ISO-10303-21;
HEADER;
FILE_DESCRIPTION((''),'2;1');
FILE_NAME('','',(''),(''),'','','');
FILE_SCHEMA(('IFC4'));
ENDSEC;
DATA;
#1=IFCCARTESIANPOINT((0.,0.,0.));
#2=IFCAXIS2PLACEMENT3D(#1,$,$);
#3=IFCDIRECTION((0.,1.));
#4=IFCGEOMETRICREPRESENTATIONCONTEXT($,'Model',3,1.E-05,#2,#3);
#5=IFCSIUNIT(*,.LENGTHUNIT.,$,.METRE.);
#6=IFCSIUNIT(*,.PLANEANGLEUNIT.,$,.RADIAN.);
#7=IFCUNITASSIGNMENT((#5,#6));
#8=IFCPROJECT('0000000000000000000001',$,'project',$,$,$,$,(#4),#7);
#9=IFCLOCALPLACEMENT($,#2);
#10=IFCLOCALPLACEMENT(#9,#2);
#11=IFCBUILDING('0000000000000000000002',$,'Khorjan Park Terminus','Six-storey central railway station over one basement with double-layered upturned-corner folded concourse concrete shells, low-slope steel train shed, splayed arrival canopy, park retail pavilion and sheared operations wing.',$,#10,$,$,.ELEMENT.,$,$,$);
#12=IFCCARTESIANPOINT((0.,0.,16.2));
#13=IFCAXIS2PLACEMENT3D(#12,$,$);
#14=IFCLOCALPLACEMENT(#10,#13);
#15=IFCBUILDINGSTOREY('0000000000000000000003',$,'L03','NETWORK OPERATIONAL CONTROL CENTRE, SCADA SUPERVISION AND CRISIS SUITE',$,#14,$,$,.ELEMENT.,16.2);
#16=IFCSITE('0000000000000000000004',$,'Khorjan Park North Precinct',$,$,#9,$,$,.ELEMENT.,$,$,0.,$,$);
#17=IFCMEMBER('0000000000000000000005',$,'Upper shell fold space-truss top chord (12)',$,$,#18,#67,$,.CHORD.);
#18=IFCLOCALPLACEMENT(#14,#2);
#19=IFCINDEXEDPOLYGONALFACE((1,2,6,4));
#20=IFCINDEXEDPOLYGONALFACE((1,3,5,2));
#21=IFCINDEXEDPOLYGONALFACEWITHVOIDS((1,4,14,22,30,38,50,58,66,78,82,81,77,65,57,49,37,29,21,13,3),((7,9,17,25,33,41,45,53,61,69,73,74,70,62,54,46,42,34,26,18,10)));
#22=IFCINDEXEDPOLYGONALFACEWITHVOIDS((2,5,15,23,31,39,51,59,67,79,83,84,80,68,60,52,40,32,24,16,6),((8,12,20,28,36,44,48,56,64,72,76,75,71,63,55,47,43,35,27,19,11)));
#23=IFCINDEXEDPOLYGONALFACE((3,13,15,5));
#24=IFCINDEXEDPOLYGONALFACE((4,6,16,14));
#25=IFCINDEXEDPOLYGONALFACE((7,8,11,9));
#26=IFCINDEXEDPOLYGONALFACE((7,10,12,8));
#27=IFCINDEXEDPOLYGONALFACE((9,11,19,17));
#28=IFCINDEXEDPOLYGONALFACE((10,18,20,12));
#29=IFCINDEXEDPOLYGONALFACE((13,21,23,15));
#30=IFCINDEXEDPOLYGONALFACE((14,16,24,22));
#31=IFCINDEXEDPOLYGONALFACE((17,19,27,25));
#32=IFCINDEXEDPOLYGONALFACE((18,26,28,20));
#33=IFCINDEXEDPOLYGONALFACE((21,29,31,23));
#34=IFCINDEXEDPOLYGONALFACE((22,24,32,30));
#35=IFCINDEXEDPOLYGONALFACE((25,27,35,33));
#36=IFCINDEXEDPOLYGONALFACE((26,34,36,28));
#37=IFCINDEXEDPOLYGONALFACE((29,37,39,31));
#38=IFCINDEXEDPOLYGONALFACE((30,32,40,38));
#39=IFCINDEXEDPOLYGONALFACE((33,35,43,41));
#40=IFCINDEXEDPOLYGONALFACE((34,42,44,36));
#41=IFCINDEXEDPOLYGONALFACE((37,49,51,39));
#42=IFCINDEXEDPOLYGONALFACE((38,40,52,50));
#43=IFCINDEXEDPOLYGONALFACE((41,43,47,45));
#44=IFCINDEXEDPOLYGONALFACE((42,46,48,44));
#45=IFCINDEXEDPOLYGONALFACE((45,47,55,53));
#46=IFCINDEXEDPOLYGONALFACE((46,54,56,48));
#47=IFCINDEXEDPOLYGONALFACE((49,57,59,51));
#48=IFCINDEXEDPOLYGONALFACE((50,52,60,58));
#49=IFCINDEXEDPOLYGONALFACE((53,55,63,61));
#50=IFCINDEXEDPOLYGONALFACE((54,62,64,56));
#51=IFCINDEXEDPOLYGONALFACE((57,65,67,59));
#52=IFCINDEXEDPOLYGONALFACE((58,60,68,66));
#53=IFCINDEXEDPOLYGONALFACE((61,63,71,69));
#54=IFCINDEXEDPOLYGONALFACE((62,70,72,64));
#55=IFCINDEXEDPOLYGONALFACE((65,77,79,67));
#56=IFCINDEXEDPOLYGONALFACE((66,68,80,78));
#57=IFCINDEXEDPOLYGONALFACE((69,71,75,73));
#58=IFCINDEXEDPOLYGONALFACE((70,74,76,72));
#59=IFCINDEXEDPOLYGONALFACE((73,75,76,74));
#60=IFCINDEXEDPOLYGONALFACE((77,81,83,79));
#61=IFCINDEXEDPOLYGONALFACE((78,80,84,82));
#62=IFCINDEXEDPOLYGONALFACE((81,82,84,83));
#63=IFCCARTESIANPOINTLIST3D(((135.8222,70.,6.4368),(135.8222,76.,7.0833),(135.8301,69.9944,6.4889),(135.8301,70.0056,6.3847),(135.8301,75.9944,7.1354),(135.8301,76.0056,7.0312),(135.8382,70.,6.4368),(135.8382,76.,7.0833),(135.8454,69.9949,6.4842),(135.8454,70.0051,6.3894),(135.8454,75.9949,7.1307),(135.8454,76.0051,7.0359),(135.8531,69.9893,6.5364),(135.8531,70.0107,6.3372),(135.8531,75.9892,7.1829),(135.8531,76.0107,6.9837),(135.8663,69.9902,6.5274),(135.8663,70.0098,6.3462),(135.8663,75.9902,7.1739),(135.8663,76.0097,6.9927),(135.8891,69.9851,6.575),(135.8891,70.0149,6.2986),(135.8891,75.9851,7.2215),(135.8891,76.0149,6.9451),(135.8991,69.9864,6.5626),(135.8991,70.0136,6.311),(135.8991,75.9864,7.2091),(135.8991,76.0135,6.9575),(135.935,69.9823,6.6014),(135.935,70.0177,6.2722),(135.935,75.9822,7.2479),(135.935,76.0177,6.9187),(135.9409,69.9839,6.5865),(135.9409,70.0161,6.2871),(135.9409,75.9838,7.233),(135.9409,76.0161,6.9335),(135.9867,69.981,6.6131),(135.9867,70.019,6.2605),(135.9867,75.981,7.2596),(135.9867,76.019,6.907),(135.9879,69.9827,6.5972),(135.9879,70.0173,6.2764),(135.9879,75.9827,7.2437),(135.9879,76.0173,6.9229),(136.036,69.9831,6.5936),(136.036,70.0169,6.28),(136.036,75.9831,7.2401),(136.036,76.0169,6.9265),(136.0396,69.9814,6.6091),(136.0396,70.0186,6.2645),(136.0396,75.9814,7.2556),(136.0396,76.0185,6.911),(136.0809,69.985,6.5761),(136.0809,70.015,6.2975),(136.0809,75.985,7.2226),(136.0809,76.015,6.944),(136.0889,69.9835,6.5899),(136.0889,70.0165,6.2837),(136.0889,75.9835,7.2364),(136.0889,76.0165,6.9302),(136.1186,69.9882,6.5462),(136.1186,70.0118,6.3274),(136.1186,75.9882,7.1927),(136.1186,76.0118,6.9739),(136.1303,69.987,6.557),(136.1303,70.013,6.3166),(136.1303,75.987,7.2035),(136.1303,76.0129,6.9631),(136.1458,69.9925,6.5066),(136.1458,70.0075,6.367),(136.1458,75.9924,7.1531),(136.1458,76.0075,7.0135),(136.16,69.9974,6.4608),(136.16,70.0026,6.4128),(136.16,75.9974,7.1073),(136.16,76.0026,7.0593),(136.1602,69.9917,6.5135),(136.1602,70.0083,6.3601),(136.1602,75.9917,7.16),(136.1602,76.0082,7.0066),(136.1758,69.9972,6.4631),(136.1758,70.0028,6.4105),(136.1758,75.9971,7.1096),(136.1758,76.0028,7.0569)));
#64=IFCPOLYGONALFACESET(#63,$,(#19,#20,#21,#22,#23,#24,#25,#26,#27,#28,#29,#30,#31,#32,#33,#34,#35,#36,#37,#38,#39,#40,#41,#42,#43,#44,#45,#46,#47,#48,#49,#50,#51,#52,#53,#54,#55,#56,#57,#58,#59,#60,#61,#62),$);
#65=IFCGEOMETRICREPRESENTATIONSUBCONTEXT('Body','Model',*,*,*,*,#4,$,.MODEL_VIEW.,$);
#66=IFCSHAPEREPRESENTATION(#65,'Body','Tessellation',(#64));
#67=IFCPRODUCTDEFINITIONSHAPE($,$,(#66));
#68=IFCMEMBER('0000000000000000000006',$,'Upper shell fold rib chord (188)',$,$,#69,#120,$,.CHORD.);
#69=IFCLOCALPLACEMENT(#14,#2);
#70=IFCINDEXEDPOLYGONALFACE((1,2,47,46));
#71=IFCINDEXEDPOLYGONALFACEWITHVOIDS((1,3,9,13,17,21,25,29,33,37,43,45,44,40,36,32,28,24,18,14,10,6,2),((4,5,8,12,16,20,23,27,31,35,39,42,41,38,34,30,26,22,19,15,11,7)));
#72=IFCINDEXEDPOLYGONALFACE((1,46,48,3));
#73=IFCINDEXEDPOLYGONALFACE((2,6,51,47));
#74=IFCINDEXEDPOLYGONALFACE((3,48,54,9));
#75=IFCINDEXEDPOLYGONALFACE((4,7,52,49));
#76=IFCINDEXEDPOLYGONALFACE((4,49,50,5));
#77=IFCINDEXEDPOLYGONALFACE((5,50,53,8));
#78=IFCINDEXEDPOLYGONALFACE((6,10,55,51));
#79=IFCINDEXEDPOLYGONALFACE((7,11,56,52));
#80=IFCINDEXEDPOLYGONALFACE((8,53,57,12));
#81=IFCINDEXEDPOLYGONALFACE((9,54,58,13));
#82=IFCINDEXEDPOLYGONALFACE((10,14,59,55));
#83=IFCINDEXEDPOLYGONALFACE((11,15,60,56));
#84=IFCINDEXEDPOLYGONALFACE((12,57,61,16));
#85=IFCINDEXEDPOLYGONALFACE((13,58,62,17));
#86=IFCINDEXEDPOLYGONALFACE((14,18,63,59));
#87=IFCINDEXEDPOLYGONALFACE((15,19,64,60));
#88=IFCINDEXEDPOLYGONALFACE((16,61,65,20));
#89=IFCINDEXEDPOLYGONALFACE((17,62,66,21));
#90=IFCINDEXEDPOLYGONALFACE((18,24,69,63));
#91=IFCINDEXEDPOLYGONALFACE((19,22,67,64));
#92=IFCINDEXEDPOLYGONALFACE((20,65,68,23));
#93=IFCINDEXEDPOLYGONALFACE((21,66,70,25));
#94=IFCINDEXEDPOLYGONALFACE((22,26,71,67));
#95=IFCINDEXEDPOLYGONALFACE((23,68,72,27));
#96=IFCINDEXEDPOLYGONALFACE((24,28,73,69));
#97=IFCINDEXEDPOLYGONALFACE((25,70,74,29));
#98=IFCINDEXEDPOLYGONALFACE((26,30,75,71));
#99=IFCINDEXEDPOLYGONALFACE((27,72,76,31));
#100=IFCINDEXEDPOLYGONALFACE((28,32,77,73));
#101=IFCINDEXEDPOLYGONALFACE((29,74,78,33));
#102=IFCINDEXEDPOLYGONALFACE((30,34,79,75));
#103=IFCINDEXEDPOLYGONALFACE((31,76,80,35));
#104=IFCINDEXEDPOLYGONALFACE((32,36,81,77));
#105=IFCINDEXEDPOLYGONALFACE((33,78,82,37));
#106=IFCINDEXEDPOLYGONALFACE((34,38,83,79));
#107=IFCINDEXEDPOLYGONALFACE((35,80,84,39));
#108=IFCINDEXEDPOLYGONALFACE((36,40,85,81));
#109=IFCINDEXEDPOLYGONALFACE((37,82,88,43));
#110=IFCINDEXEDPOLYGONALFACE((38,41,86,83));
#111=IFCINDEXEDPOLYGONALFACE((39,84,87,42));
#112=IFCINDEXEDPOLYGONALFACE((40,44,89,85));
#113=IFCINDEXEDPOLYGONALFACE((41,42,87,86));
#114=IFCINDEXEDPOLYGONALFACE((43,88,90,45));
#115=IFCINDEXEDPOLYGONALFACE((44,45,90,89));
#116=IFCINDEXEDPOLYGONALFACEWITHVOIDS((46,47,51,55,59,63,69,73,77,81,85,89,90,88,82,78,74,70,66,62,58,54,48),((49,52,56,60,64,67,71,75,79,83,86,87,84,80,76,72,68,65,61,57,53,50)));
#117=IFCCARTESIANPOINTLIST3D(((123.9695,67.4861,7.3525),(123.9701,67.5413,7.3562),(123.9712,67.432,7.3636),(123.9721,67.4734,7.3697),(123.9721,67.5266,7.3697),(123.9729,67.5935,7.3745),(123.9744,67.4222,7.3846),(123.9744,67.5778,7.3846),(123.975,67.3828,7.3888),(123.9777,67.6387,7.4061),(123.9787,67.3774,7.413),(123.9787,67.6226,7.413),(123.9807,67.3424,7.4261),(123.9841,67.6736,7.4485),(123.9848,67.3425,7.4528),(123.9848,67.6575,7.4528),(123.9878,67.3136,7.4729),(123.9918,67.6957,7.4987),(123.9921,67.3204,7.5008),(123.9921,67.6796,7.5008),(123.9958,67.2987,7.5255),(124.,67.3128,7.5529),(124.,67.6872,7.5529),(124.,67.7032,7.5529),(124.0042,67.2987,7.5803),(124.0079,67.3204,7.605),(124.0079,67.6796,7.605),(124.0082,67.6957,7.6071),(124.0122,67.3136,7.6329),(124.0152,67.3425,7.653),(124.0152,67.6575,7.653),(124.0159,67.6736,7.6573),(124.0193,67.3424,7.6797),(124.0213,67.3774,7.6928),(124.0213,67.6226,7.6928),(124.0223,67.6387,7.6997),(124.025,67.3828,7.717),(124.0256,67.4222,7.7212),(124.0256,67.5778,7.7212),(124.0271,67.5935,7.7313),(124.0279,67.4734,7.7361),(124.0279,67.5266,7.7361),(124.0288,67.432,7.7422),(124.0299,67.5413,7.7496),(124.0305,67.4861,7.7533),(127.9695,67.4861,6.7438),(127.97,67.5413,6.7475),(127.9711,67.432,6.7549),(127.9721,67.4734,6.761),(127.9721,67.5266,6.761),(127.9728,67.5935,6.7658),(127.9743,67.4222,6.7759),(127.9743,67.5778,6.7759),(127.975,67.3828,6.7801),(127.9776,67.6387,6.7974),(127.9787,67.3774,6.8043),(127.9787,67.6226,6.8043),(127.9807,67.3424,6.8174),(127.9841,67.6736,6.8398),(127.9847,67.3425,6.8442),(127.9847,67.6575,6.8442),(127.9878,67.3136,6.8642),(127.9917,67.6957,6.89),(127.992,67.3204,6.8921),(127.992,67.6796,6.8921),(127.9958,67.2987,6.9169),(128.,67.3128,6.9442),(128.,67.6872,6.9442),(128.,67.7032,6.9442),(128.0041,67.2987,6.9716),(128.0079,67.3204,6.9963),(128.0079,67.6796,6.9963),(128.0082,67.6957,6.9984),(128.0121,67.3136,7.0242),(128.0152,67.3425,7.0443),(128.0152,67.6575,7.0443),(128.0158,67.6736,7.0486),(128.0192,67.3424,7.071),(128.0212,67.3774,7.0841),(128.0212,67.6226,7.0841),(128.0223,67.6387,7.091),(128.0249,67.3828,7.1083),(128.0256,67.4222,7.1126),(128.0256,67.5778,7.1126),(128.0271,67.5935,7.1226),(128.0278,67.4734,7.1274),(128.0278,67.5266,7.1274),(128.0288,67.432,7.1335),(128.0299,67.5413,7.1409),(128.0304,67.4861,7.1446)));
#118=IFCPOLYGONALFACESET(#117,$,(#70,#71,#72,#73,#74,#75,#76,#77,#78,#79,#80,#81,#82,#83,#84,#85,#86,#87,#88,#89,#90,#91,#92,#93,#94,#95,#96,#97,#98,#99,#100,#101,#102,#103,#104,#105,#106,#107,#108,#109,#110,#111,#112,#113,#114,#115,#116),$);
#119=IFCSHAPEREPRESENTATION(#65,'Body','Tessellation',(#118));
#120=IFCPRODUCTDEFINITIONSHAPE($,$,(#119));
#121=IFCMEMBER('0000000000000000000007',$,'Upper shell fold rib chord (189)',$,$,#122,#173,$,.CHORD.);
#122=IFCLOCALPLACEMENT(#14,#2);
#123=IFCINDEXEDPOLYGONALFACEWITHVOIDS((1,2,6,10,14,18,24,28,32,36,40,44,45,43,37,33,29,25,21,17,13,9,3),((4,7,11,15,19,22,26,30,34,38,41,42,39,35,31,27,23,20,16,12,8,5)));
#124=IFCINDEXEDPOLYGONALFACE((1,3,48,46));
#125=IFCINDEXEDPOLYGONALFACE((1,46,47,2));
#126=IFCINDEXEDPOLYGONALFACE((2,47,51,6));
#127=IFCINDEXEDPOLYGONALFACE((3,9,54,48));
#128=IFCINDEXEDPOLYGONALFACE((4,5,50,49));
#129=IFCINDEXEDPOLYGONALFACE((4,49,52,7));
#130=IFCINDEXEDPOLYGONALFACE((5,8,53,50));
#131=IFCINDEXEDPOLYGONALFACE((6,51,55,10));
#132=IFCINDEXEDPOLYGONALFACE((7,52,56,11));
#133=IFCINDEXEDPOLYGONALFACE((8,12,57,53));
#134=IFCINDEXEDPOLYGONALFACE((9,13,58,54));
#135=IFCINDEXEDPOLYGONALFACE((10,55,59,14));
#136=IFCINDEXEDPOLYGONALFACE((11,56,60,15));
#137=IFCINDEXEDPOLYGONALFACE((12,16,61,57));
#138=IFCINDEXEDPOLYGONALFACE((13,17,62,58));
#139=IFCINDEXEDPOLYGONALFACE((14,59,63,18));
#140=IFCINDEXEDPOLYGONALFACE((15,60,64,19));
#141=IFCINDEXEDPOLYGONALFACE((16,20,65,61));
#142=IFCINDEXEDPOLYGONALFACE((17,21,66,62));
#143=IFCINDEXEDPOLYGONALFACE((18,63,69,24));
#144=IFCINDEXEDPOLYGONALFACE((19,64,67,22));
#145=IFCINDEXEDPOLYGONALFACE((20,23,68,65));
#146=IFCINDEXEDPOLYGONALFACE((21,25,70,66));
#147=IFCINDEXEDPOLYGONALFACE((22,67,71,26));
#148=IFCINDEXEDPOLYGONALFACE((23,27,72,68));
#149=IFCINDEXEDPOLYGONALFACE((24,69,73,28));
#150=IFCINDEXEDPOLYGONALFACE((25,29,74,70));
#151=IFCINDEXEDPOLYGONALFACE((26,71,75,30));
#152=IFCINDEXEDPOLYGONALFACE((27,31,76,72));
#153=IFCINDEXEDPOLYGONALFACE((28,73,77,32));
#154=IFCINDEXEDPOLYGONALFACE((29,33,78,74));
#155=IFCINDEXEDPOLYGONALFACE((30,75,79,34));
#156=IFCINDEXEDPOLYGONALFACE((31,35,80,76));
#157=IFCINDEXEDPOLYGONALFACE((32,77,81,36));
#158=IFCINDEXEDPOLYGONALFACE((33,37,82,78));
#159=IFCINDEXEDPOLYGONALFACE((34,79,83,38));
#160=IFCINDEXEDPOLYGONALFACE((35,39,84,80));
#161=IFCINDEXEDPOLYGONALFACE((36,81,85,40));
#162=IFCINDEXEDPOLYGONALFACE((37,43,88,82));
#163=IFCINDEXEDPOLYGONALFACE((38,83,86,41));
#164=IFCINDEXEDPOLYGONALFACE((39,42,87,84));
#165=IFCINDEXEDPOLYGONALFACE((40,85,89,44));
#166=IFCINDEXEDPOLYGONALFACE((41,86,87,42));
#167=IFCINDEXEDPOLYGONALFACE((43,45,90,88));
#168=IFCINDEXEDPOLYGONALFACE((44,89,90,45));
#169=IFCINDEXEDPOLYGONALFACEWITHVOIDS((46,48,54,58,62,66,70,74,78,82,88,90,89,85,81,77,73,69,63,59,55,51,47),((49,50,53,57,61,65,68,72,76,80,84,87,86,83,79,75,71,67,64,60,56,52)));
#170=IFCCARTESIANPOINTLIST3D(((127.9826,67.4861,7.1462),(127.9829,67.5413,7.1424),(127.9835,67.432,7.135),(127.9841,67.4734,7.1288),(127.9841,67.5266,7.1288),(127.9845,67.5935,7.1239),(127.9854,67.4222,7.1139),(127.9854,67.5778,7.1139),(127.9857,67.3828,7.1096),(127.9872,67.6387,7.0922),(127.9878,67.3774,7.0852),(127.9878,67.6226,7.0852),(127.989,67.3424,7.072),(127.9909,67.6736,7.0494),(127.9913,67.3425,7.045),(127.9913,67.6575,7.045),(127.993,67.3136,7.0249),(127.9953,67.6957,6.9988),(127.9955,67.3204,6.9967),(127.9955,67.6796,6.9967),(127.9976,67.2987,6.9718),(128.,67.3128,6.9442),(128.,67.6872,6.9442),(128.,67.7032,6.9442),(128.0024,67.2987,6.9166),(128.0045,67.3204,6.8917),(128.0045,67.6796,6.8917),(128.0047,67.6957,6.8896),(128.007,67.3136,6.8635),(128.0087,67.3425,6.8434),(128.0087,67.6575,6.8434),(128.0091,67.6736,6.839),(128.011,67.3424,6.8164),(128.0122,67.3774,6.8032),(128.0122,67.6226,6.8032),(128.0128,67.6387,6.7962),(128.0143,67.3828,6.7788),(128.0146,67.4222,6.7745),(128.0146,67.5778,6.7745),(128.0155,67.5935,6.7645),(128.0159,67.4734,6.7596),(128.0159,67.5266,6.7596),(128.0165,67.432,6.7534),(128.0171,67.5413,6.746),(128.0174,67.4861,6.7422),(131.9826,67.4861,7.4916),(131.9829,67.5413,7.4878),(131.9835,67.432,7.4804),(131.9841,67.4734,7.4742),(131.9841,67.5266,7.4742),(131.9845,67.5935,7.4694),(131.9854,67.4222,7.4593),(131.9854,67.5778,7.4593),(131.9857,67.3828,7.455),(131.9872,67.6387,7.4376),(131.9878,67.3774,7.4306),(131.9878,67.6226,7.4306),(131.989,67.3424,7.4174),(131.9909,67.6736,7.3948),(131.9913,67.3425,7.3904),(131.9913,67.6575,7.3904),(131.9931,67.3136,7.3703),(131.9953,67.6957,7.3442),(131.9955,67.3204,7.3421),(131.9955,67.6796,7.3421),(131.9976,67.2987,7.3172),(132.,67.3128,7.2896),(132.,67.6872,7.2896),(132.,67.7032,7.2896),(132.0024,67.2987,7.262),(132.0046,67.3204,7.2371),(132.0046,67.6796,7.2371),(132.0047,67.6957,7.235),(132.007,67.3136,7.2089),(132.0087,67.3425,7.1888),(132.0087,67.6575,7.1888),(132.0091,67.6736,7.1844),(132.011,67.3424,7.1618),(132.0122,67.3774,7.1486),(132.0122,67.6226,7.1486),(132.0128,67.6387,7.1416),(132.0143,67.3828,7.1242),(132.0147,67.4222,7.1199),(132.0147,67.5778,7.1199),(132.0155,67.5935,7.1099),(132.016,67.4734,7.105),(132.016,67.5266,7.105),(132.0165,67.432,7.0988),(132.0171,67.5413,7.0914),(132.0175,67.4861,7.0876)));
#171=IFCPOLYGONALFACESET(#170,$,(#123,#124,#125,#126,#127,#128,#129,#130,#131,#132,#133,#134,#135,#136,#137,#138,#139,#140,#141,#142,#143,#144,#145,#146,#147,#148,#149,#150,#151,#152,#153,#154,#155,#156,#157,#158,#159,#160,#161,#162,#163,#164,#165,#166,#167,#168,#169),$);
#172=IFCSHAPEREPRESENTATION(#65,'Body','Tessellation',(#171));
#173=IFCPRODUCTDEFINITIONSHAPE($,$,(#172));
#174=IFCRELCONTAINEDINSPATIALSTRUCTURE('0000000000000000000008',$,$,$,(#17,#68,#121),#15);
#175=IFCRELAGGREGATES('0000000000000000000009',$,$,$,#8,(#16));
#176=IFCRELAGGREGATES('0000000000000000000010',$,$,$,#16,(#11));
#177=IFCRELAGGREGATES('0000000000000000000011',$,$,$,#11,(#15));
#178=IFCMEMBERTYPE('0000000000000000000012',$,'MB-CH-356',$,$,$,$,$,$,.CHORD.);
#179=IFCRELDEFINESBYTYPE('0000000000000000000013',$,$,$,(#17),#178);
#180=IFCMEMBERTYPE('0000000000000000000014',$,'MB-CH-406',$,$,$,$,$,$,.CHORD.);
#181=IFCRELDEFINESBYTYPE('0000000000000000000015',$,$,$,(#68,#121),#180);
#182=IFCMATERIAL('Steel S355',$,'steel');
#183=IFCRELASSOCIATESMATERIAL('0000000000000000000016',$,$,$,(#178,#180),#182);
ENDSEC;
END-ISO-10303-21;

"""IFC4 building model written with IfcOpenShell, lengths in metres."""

from ifc_helpers import new_model, si_unit, direction, frame, origin, origin_2d, place, context, subcontext, project, spatial, hollow_circle, extrude, material, material_profile, profile_set, type_object, element, save


model = new_model("IFC4")

# Units and contexts
model_context = context("Model", 3, precision=1e-05, world=origin(), true_north=direction((0.0, 1.0)))
body_context = subcontext(model_context, "Body", "Model", "MODEL_VIEW")
ifc_project = project(units=[si_unit("LENGTHUNIT", "METRE"), si_unit("PLANEANGLEUNIT", "RADIAN")], contexts=[model_context])

# Site, building, storey
site_placement = place(None, origin())
site = spatial("IfcSite", under=ifc_project, at=site_placement, Name="Khorjan Park North Precinct", CompositionType="ELEMENT", RefElevation=0.0)
building_placement = place(site_placement, origin())
building = spatial("IfcBuilding", under=site, at=building_placement, Name="Khorjan Park Terminus", Description="Six-storey central railway station over one basement with double-layered upturned-corner folded concourse concrete shells, low-slope steel train shed, splayed arrival canopy, park retail pavilion and sheared operations wing.", CompositionType="ELEMENT")
storey_placement = place(building_placement, frame((0.0, 0.0, 16.2)))
storey = spatial("IfcBuildingStorey", under=building, at=storey_placement, Name="L03", Description="NETWORK OPERATIONAL CONTROL CENTRE, SCADA SUPERVISION AND CRISIS SUITE", CompositionType="ELEMENT", Elevation=16.2)

# Members
ifc_material_1 = material(Name="Steel S355", Category="steel")
ifc_material_profile_1 = material_profile(ifc_material_1, hollow_circle(Radius=0.1778, WallThickness=0.016, at=origin_2d()), Name="CHS 355.6x16")
ifc_profile_set_1 = profile_set([ifc_material_profile_1], Name="Steel S355")
member_type_1 = type_object("IfcMemberType", Name="MB-CH-356", PredefinedType="CHORD", material=ifc_profile_set_1)
member_1_placement = place(storey_placement, frame((136.0, 70.0, 6.4368), z_axis=(0.0, 0.994245, 0.10713), x_axis=(-1.0, 0.0, 0.0)))
element("IfcMember", 1, at=member_1_placement, inside=storey, type_object=member_type_1, Name="Upper shell fold space-truss top chord (12)", PredefinedType="CHORD", context=body_context, shape_type="SweptSolid", body=[
    extrude(hollow_circle(Radius=0.1778, WallThickness=0.016, at=origin_2d()), origin(), (0.0, 0.0, 1.0), 6.0347),
])
ifc_material_profile_2 = material_profile(ifc_material_1, hollow_circle(Radius=0.2032, WallThickness=0.016, at=origin_2d()), Name="CHS 406.4x16")
ifc_profile_set_2 = profile_set([ifc_material_profile_2], Name="Steel S355")
member_type_2 = type_object("IfcMemberType", Name="MB-CH-406", PredefinedType="CHORD", material=ifc_profile_set_2)
member_2_placement = place(storey_placement, frame((124.0, 67.5, 7.5529), z_axis=(0.988619, 0.0, -0.150443), x_axis=(0.0, 1.0, 0.0)))
element("IfcMember", 2, at=member_2_placement, inside=storey, type_object=member_type_2, Name="Upper shell fold rib chord (188)", PredefinedType="CHORD", context=body_context, shape_type="SweptSolid", body=[
    extrude(hollow_circle(Radius=0.2032, WallThickness=0.016, at=origin_2d()), origin(), (0.0, 0.0, 1.0), 4.046),
])
member_3_placement = place(storey_placement, frame((128.0, 67.5, 6.9442), z_axis=(0.996293, 0.0, 0.08603), x_axis=(0.0, 1.0, 0.0)))
element("IfcMember", 3, at=member_3_placement, inside=storey, type_object=member_type_2, Name="Upper shell fold rib chord (189)", PredefinedType="CHORD", context=body_context, shape_type="SweptSolid", body=[
    extrude(hollow_circle(Radius=0.2032, WallThickness=0.016, at=origin_2d()), origin(), (0.0, 0.0, 1.0), 4.0149),
])

save(model, "model.ifc")
